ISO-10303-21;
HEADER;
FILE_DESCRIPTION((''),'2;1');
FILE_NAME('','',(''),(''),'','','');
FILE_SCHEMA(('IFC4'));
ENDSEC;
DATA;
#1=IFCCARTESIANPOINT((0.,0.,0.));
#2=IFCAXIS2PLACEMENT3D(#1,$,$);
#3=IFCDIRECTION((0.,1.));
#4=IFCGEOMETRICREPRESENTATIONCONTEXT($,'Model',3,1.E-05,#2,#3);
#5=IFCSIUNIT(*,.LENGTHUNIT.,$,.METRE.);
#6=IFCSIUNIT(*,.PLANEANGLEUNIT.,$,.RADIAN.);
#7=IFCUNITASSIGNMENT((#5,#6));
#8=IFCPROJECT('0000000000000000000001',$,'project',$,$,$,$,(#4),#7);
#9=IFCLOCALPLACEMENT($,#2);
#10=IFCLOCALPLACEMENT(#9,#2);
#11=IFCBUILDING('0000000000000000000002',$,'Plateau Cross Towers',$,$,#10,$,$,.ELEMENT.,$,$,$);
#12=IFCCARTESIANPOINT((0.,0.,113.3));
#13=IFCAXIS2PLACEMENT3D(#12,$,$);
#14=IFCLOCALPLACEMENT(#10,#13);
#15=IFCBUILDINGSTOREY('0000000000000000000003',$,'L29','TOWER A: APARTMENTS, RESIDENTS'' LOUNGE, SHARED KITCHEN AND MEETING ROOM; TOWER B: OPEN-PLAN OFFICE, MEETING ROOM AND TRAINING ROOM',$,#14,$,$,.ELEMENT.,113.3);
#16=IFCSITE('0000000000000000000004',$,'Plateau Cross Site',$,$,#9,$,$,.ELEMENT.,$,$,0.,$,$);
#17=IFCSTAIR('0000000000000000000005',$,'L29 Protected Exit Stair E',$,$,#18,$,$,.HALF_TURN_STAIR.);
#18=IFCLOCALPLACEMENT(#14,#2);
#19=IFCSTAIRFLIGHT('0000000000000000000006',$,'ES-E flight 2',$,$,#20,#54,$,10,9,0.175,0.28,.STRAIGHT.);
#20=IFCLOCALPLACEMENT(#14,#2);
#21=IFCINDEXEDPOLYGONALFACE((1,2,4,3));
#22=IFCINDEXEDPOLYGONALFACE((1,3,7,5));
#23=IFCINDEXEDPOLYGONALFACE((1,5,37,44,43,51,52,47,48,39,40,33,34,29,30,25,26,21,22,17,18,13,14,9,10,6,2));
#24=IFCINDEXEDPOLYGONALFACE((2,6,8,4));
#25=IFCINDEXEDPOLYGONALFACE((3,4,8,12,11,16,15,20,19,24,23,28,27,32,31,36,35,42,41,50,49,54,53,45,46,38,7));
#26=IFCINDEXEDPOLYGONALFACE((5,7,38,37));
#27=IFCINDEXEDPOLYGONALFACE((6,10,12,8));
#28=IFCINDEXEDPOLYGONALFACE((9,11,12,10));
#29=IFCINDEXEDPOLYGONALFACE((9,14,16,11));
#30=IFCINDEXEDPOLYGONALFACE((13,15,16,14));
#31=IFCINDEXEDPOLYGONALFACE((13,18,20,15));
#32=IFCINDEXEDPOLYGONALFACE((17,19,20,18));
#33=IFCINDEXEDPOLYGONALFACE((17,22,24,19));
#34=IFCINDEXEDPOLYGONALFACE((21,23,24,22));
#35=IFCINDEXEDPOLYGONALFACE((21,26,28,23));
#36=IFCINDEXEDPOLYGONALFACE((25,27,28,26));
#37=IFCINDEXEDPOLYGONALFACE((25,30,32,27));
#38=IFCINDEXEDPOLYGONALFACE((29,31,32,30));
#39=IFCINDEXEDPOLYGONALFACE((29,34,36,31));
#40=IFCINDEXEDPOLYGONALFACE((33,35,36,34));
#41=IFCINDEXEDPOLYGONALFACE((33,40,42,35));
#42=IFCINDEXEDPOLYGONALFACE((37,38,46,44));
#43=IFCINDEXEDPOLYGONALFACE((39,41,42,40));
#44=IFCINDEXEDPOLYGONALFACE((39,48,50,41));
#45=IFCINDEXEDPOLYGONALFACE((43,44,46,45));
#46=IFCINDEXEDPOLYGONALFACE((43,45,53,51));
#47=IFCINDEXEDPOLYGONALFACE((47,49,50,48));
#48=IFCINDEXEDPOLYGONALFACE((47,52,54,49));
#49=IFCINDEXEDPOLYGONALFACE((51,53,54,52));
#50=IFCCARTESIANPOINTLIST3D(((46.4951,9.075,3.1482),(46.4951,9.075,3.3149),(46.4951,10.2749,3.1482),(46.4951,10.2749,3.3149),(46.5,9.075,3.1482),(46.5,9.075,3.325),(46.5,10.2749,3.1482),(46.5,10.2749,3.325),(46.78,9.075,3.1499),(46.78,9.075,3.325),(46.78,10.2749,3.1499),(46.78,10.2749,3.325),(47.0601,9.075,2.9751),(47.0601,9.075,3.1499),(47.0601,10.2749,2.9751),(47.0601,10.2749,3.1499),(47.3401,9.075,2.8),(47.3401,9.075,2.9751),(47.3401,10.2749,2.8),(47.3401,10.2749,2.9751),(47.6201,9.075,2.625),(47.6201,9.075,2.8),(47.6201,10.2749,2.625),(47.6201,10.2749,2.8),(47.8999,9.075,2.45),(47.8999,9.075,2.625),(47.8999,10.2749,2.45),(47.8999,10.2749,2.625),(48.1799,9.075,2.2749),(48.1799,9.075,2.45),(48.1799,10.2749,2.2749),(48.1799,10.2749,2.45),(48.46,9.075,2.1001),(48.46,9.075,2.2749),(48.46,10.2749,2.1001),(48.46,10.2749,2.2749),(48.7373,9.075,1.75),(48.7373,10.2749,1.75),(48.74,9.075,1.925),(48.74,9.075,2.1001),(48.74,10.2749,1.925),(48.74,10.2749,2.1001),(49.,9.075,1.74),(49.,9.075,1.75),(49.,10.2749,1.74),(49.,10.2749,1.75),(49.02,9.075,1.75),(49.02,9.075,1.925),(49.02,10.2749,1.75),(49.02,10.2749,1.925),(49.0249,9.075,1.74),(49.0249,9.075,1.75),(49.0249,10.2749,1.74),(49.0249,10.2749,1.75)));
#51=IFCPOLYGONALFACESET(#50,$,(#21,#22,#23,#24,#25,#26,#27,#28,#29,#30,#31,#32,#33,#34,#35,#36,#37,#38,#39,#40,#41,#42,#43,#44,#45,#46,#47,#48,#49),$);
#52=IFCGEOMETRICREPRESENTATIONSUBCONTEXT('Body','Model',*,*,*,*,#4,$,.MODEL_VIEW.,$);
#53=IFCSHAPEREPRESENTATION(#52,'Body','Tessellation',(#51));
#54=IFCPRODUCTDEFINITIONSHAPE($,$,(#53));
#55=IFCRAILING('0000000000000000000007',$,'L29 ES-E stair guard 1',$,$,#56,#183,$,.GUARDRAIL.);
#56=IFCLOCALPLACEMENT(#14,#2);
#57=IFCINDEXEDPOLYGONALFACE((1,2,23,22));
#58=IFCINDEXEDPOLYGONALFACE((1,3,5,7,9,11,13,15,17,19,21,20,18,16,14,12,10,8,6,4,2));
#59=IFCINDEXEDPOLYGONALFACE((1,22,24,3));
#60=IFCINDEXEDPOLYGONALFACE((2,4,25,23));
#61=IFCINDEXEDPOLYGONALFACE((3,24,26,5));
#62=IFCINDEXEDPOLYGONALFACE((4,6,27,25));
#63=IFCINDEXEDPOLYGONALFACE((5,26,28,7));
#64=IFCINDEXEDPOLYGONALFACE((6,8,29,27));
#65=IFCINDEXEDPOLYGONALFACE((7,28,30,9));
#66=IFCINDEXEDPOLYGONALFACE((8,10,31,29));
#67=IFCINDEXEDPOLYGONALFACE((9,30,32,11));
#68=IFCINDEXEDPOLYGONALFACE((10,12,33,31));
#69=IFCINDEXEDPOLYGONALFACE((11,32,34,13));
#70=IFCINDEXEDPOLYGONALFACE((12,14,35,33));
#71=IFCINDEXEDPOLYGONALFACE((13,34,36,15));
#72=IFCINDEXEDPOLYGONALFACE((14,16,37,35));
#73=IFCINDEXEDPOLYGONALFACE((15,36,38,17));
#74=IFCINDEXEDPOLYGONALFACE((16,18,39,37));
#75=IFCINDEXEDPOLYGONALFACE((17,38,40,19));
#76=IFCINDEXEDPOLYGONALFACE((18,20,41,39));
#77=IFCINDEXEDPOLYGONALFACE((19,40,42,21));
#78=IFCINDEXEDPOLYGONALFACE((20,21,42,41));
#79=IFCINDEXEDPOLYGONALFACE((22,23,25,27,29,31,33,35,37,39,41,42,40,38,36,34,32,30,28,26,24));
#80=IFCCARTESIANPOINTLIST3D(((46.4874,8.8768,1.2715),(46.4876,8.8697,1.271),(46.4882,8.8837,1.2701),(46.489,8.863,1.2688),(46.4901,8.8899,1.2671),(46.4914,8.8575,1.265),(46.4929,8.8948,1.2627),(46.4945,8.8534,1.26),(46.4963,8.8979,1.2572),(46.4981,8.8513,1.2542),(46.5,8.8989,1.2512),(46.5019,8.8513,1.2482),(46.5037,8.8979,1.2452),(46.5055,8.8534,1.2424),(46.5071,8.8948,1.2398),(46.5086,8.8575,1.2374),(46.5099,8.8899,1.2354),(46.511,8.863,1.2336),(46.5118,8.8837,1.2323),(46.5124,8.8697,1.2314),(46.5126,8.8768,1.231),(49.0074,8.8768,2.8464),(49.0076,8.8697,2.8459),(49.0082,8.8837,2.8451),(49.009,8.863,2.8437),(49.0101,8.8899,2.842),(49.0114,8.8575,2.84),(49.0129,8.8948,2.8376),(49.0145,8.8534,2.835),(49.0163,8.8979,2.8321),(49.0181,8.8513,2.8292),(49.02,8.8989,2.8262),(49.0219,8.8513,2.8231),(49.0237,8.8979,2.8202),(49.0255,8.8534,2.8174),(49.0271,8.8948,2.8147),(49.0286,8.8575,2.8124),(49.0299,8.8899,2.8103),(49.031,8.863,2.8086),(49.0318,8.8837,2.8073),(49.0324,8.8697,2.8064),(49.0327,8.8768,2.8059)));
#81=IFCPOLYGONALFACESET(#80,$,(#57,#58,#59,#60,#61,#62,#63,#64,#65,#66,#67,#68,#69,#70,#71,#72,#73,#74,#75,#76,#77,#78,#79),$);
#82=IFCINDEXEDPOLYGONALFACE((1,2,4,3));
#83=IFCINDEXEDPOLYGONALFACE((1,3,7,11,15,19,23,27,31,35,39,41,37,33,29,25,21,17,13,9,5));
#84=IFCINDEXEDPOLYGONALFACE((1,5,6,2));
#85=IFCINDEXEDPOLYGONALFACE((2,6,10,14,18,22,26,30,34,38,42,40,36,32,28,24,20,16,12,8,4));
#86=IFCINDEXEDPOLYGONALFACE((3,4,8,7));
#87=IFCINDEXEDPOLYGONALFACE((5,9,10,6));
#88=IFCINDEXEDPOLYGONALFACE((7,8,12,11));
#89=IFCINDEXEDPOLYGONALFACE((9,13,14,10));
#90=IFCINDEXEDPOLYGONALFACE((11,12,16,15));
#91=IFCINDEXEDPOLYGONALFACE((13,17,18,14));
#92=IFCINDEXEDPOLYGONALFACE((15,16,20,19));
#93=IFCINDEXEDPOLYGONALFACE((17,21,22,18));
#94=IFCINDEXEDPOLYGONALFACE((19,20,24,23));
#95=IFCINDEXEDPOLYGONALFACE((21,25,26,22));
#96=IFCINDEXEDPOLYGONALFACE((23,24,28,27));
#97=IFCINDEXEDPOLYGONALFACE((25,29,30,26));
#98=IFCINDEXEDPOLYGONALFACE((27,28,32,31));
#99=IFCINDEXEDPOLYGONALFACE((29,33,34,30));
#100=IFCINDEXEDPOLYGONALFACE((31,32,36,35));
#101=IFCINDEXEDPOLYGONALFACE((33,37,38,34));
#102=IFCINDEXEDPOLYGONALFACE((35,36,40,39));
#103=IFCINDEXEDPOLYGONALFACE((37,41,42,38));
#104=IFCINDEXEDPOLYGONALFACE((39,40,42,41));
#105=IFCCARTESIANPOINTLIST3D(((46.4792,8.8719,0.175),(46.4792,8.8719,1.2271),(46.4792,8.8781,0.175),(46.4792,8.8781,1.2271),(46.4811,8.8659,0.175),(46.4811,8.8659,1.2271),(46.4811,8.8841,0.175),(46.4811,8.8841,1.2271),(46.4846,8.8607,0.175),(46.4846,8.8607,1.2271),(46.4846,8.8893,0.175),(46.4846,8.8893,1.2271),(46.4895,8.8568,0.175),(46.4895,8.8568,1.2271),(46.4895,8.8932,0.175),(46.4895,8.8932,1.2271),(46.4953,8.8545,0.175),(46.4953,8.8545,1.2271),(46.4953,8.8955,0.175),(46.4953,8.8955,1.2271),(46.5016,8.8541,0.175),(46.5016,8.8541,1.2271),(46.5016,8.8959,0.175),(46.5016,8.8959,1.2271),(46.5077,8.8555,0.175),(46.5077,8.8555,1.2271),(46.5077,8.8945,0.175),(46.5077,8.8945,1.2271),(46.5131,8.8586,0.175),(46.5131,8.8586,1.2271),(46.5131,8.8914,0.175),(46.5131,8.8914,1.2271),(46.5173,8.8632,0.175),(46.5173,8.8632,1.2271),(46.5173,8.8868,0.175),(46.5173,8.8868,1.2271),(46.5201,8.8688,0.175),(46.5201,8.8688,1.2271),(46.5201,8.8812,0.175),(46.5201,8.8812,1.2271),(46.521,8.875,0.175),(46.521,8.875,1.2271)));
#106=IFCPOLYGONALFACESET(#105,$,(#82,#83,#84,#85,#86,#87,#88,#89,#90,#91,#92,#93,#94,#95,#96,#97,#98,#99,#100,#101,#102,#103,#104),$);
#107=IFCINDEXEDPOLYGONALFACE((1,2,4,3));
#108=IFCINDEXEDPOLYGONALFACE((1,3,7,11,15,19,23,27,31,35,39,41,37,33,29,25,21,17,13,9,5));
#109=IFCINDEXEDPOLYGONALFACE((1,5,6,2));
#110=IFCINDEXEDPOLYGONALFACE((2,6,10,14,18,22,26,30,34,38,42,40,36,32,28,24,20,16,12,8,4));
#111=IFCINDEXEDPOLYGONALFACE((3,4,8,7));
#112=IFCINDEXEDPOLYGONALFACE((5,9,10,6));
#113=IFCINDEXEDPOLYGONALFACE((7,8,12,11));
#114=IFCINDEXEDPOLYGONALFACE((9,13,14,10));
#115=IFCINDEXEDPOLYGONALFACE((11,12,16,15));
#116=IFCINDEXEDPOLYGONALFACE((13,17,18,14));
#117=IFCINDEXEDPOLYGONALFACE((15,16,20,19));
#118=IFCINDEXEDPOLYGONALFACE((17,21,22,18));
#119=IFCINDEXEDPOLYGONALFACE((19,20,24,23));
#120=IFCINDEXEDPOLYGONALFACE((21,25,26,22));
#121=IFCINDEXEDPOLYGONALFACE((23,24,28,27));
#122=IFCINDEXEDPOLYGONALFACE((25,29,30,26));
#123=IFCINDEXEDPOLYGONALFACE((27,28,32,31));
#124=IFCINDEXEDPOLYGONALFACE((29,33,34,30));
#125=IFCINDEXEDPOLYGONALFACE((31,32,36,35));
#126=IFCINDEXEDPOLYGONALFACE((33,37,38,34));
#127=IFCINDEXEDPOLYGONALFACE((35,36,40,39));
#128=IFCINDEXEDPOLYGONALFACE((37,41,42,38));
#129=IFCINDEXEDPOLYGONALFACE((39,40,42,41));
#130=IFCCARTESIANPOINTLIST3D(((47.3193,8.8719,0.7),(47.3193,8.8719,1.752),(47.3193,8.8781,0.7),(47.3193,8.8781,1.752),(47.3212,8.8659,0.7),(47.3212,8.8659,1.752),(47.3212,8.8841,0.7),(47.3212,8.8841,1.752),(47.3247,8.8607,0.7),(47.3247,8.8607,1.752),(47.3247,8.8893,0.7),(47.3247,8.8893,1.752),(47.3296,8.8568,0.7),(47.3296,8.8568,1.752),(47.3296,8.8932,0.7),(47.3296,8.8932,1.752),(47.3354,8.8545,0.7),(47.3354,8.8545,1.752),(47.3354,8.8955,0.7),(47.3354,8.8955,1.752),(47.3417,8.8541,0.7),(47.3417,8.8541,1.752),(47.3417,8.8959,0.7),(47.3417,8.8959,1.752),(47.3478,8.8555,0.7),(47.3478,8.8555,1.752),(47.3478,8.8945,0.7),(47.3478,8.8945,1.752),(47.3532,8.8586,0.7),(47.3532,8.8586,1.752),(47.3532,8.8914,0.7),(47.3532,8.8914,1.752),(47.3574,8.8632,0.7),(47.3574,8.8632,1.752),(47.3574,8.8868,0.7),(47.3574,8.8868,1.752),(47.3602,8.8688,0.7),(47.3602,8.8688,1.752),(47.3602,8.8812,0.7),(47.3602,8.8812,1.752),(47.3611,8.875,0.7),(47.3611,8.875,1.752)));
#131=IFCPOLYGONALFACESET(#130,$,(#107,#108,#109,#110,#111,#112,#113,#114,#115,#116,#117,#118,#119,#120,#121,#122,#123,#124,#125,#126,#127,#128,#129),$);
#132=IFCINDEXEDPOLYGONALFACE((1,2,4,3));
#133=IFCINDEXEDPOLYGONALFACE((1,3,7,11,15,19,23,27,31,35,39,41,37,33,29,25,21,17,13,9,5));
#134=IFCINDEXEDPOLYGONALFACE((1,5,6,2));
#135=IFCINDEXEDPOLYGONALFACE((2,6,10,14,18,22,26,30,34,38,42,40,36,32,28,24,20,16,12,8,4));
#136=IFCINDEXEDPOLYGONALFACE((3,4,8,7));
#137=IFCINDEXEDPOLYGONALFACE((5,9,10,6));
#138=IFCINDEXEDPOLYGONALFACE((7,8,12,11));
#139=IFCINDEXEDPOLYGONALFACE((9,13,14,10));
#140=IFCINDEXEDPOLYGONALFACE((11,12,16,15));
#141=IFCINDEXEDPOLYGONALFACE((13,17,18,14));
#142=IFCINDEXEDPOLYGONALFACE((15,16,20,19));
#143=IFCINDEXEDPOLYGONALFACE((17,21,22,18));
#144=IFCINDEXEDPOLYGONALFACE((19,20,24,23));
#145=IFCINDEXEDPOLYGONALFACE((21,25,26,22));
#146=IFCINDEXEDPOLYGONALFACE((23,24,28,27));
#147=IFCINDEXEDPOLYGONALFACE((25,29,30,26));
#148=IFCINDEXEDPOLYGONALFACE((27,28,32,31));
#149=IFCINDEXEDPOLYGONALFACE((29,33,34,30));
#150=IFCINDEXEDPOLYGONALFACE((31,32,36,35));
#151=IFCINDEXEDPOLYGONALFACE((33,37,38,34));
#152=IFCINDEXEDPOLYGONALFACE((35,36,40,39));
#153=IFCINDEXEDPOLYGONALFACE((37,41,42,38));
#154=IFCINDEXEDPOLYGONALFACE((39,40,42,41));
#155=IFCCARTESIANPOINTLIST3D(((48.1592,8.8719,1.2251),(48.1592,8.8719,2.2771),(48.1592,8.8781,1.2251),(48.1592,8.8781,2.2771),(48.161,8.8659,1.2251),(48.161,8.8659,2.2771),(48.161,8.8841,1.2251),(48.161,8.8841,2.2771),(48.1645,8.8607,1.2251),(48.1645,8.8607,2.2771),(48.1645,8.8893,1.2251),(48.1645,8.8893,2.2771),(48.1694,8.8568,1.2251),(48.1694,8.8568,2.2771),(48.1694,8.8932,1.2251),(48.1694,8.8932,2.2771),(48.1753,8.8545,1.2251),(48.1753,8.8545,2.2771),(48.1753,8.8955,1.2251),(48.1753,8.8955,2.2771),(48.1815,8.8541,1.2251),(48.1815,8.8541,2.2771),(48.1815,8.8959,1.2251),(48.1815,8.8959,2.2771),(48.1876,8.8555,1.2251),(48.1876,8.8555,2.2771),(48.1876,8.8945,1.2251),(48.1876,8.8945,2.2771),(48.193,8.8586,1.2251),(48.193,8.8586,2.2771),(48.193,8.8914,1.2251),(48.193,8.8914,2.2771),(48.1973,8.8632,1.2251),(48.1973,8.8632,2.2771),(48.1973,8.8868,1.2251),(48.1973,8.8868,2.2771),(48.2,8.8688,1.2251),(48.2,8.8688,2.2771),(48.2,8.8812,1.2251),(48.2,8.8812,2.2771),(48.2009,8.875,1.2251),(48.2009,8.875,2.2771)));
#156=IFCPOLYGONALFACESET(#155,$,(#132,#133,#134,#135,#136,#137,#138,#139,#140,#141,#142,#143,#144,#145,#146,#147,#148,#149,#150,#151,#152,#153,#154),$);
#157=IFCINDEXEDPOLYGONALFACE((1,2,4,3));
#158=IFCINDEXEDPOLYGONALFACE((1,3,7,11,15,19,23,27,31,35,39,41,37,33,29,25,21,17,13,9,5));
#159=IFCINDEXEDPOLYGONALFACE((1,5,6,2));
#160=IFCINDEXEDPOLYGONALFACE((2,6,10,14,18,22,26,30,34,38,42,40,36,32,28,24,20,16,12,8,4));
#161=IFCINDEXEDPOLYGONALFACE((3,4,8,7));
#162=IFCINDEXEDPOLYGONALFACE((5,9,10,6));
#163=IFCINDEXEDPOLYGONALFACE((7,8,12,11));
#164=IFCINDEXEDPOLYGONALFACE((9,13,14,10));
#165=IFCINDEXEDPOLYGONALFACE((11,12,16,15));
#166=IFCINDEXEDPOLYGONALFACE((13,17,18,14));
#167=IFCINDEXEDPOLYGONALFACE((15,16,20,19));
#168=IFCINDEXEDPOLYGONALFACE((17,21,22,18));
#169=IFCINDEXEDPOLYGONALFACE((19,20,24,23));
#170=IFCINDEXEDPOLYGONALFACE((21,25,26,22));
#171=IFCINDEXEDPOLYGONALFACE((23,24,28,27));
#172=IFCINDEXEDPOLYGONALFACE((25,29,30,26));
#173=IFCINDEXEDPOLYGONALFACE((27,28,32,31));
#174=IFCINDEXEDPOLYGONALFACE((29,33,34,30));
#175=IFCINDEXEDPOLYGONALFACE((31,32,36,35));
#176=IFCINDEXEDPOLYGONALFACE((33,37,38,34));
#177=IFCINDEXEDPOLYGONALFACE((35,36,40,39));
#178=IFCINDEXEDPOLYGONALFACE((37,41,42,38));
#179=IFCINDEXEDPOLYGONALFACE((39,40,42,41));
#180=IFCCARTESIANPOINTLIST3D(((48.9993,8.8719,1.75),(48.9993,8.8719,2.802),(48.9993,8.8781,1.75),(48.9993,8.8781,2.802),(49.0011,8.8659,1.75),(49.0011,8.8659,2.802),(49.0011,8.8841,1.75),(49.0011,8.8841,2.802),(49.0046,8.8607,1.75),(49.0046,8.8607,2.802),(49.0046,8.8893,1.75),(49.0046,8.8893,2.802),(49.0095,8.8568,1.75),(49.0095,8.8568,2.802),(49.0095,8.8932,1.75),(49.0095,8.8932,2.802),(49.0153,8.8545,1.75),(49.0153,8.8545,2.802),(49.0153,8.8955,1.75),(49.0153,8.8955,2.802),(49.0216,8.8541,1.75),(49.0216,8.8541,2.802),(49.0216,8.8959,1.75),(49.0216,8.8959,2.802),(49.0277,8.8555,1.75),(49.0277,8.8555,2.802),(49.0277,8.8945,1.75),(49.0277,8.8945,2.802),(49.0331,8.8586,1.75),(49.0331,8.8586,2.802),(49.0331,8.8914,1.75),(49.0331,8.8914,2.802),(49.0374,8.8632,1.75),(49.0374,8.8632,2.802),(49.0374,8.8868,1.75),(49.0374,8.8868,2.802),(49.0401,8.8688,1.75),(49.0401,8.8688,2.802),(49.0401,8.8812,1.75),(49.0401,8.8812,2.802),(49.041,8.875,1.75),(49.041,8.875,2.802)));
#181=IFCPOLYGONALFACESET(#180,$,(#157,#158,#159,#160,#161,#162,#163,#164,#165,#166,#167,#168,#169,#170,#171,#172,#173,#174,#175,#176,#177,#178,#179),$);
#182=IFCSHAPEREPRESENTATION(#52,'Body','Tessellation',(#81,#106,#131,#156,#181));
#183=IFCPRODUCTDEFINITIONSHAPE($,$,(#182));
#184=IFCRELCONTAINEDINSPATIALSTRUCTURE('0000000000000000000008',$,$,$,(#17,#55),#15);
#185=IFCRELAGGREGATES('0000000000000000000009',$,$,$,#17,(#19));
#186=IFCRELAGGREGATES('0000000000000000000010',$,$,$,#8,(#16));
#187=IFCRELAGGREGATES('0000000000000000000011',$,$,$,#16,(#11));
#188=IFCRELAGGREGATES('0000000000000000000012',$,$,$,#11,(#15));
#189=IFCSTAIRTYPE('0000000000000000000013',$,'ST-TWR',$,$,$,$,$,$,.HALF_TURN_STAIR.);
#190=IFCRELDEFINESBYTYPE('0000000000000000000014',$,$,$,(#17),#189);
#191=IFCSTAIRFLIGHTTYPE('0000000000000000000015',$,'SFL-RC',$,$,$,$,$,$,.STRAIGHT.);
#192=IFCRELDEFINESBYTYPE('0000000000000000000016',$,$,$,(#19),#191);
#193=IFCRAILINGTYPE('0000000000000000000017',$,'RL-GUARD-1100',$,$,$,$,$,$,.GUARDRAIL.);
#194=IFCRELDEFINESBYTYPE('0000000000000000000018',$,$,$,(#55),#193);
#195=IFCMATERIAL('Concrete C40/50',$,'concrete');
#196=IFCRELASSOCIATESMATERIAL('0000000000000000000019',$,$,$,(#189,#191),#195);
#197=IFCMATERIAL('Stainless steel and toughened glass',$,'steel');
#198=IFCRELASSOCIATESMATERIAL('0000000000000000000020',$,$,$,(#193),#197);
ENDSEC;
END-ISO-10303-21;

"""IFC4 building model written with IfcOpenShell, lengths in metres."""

from ifc_helpers import new_model, si_unit, direction, frame, origin, origin_2d, place, context, subcontext, project, spatial, polyline, circle, outline, extrude, material, type_object, element, aggregate, save


model = new_model("IFC4")

# Units and contexts
model_context = context("Model", 3, precision=1e-05, world=origin(), true_north=direction((0.0, 1.0)))
body_context = subcontext(model_context, "Body", "Model", "MODEL_VIEW")
ifc_project = project(units=[si_unit("LENGTHUNIT", "METRE"), si_unit("PLANEANGLEUNIT", "RADIAN")], contexts=[model_context])

# Site, building, storey
site_placement = place(None, origin())
site = spatial("IfcSite", under=ifc_project, at=site_placement, Name="Plateau Cross Site", CompositionType="ELEMENT", RefElevation=0.0)
building_placement = place(site_placement, origin())
building = spatial("IfcBuilding", under=site, at=building_placement, Name="Plateau Cross Towers", CompositionType="ELEMENT")
storey_placement = place(building_placement, frame((0.0, 0.0, 113.3)))
storey = spatial("IfcBuildingStorey", under=building, at=storey_placement, Name="L29", Description="TOWER A: APARTMENTS, RESIDENTS' LOUNGE, SHARED KITCHEN AND MEETING ROOM; TOWER B: OPEN-PLAN OFFICE, MEETING ROOM AND TRAINING ROOM", CompositionType="ELEMENT", Elevation=113.3)

# Stair, stair flight
ifc_material_1 = material(Name="Concrete C40/50", Category="concrete")
stair_type = type_object("IfcStairType", Name="ST-TWR", PredefinedType="HALF_TURN_STAIR", material=ifc_material_1)
stair_placement = place(storey_placement, origin())
stair = element("IfcStair", 1, at=stair_placement, inside=storey, type_object=stair_type, Name="L29 Protected Exit Stair E", PredefinedType="HALF_TURN_STAIR")
stair_flight_type = type_object("IfcStairFlightType", Name="SFL-RC", PredefinedType="STRAIGHT", material=ifc_material_1)
stair_flight_1_placement = place(storey_placement, frame((49.02, 9.675, 1.75), z_axis=(0.0, 0.0, 1.0), x_axis=(-1.0, 0.0, 0.0)))
stair_flight_1 = element("IfcStairFlight", 2, at=stair_flight_1_placement, type_object=stair_flight_type, Name="ES-E flight 2", NumberOfRisers=10, NumberOfTreads=9, PredefinedType="STRAIGHT", RiserHeight=0.175, TreadLength=0.28, context=body_context, shape_type="SweptSolid", body=[
    extrude(outline(polyline([(-0.0049, -0.01), (-0.0049, 0.0), (0.0, 0.0), (0.0, 0.175), (0.28, 0.175), (0.28, 0.3501), (0.5601, 0.3501), (0.5601, 0.5249), (0.8401, 0.5249), (0.8401, 0.7), (1.1201, 0.7), (1.1201, 0.875), (1.3999, 0.875), (1.3999, 1.05), (1.6799, 1.05), (1.6799, 1.2251), (1.96, 1.2251), (1.96, 1.3999), (2.24, 1.3999), (2.24, 1.575), (2.52, 1.575), (2.5249, 1.5649), (2.5249, 1.3982), (2.52, 1.3982), (0.2827, 0.0), (0.02, 0.0), (0.02, -0.01), (-0.0049, -0.01)])), frame((0.0, 0.6001, 0.0), z_axis=(0.0, -1.0, 0.0), x_axis=(1.0, 0.0, 0.0)), (0.0, 0.0, 1.0), 1.2),
])
aggregate(stair, [stair_flight_1])

# Railing
ifc_material_2 = material(Name="Stainless steel and toughened glass", Category="steel")
railing_type_1 = type_object("IfcRailingType", Name="RL-GUARD-1100", PredefinedType="GUARDRAIL", material=ifc_material_2)
railing_1_placement = place(storey_placement, frame((46.5, 8.875, 0.175)))
element("IfcRailing", 3, at=railing_1_placement, inside=storey, type_object=railing_type_1, Name="L29 ES-E stair guard 1", PredefinedType="GUARDRAIL", context=body_context, shape_type="SweptSolid", body=[
    extrude(circle(Radius=0.0239, at=origin_2d()), frame((0.0, 0.0, 1.0762), z_axis=(0.848008, 0.0, 0.529984), x_axis=(0.0, 1.0, 0.0)), (0.0, 0.0, 1.0), 2.9717),
    extrude(circle(Radius=0.021, at=origin_2d()), origin(), (0.0, 0.0, 1.0), 1.052),
    extrude(circle(Radius=0.021, at=origin_2d()), frame((0.8401, 0.0, 0.5249)), (0.0, 0.0, 1.0), 1.052),
    extrude(circle(Radius=0.021, at=origin_2d()), frame((1.6799, 0.0, 1.05)), (0.0, 0.0, 1.0), 1.052),
    extrude(circle(Radius=0.021, at=origin_2d()), frame((2.52, 0.0, 1.575)), (0.0, 0.0, 1.0), 1.052),
])

save(model, "model.ifc")
